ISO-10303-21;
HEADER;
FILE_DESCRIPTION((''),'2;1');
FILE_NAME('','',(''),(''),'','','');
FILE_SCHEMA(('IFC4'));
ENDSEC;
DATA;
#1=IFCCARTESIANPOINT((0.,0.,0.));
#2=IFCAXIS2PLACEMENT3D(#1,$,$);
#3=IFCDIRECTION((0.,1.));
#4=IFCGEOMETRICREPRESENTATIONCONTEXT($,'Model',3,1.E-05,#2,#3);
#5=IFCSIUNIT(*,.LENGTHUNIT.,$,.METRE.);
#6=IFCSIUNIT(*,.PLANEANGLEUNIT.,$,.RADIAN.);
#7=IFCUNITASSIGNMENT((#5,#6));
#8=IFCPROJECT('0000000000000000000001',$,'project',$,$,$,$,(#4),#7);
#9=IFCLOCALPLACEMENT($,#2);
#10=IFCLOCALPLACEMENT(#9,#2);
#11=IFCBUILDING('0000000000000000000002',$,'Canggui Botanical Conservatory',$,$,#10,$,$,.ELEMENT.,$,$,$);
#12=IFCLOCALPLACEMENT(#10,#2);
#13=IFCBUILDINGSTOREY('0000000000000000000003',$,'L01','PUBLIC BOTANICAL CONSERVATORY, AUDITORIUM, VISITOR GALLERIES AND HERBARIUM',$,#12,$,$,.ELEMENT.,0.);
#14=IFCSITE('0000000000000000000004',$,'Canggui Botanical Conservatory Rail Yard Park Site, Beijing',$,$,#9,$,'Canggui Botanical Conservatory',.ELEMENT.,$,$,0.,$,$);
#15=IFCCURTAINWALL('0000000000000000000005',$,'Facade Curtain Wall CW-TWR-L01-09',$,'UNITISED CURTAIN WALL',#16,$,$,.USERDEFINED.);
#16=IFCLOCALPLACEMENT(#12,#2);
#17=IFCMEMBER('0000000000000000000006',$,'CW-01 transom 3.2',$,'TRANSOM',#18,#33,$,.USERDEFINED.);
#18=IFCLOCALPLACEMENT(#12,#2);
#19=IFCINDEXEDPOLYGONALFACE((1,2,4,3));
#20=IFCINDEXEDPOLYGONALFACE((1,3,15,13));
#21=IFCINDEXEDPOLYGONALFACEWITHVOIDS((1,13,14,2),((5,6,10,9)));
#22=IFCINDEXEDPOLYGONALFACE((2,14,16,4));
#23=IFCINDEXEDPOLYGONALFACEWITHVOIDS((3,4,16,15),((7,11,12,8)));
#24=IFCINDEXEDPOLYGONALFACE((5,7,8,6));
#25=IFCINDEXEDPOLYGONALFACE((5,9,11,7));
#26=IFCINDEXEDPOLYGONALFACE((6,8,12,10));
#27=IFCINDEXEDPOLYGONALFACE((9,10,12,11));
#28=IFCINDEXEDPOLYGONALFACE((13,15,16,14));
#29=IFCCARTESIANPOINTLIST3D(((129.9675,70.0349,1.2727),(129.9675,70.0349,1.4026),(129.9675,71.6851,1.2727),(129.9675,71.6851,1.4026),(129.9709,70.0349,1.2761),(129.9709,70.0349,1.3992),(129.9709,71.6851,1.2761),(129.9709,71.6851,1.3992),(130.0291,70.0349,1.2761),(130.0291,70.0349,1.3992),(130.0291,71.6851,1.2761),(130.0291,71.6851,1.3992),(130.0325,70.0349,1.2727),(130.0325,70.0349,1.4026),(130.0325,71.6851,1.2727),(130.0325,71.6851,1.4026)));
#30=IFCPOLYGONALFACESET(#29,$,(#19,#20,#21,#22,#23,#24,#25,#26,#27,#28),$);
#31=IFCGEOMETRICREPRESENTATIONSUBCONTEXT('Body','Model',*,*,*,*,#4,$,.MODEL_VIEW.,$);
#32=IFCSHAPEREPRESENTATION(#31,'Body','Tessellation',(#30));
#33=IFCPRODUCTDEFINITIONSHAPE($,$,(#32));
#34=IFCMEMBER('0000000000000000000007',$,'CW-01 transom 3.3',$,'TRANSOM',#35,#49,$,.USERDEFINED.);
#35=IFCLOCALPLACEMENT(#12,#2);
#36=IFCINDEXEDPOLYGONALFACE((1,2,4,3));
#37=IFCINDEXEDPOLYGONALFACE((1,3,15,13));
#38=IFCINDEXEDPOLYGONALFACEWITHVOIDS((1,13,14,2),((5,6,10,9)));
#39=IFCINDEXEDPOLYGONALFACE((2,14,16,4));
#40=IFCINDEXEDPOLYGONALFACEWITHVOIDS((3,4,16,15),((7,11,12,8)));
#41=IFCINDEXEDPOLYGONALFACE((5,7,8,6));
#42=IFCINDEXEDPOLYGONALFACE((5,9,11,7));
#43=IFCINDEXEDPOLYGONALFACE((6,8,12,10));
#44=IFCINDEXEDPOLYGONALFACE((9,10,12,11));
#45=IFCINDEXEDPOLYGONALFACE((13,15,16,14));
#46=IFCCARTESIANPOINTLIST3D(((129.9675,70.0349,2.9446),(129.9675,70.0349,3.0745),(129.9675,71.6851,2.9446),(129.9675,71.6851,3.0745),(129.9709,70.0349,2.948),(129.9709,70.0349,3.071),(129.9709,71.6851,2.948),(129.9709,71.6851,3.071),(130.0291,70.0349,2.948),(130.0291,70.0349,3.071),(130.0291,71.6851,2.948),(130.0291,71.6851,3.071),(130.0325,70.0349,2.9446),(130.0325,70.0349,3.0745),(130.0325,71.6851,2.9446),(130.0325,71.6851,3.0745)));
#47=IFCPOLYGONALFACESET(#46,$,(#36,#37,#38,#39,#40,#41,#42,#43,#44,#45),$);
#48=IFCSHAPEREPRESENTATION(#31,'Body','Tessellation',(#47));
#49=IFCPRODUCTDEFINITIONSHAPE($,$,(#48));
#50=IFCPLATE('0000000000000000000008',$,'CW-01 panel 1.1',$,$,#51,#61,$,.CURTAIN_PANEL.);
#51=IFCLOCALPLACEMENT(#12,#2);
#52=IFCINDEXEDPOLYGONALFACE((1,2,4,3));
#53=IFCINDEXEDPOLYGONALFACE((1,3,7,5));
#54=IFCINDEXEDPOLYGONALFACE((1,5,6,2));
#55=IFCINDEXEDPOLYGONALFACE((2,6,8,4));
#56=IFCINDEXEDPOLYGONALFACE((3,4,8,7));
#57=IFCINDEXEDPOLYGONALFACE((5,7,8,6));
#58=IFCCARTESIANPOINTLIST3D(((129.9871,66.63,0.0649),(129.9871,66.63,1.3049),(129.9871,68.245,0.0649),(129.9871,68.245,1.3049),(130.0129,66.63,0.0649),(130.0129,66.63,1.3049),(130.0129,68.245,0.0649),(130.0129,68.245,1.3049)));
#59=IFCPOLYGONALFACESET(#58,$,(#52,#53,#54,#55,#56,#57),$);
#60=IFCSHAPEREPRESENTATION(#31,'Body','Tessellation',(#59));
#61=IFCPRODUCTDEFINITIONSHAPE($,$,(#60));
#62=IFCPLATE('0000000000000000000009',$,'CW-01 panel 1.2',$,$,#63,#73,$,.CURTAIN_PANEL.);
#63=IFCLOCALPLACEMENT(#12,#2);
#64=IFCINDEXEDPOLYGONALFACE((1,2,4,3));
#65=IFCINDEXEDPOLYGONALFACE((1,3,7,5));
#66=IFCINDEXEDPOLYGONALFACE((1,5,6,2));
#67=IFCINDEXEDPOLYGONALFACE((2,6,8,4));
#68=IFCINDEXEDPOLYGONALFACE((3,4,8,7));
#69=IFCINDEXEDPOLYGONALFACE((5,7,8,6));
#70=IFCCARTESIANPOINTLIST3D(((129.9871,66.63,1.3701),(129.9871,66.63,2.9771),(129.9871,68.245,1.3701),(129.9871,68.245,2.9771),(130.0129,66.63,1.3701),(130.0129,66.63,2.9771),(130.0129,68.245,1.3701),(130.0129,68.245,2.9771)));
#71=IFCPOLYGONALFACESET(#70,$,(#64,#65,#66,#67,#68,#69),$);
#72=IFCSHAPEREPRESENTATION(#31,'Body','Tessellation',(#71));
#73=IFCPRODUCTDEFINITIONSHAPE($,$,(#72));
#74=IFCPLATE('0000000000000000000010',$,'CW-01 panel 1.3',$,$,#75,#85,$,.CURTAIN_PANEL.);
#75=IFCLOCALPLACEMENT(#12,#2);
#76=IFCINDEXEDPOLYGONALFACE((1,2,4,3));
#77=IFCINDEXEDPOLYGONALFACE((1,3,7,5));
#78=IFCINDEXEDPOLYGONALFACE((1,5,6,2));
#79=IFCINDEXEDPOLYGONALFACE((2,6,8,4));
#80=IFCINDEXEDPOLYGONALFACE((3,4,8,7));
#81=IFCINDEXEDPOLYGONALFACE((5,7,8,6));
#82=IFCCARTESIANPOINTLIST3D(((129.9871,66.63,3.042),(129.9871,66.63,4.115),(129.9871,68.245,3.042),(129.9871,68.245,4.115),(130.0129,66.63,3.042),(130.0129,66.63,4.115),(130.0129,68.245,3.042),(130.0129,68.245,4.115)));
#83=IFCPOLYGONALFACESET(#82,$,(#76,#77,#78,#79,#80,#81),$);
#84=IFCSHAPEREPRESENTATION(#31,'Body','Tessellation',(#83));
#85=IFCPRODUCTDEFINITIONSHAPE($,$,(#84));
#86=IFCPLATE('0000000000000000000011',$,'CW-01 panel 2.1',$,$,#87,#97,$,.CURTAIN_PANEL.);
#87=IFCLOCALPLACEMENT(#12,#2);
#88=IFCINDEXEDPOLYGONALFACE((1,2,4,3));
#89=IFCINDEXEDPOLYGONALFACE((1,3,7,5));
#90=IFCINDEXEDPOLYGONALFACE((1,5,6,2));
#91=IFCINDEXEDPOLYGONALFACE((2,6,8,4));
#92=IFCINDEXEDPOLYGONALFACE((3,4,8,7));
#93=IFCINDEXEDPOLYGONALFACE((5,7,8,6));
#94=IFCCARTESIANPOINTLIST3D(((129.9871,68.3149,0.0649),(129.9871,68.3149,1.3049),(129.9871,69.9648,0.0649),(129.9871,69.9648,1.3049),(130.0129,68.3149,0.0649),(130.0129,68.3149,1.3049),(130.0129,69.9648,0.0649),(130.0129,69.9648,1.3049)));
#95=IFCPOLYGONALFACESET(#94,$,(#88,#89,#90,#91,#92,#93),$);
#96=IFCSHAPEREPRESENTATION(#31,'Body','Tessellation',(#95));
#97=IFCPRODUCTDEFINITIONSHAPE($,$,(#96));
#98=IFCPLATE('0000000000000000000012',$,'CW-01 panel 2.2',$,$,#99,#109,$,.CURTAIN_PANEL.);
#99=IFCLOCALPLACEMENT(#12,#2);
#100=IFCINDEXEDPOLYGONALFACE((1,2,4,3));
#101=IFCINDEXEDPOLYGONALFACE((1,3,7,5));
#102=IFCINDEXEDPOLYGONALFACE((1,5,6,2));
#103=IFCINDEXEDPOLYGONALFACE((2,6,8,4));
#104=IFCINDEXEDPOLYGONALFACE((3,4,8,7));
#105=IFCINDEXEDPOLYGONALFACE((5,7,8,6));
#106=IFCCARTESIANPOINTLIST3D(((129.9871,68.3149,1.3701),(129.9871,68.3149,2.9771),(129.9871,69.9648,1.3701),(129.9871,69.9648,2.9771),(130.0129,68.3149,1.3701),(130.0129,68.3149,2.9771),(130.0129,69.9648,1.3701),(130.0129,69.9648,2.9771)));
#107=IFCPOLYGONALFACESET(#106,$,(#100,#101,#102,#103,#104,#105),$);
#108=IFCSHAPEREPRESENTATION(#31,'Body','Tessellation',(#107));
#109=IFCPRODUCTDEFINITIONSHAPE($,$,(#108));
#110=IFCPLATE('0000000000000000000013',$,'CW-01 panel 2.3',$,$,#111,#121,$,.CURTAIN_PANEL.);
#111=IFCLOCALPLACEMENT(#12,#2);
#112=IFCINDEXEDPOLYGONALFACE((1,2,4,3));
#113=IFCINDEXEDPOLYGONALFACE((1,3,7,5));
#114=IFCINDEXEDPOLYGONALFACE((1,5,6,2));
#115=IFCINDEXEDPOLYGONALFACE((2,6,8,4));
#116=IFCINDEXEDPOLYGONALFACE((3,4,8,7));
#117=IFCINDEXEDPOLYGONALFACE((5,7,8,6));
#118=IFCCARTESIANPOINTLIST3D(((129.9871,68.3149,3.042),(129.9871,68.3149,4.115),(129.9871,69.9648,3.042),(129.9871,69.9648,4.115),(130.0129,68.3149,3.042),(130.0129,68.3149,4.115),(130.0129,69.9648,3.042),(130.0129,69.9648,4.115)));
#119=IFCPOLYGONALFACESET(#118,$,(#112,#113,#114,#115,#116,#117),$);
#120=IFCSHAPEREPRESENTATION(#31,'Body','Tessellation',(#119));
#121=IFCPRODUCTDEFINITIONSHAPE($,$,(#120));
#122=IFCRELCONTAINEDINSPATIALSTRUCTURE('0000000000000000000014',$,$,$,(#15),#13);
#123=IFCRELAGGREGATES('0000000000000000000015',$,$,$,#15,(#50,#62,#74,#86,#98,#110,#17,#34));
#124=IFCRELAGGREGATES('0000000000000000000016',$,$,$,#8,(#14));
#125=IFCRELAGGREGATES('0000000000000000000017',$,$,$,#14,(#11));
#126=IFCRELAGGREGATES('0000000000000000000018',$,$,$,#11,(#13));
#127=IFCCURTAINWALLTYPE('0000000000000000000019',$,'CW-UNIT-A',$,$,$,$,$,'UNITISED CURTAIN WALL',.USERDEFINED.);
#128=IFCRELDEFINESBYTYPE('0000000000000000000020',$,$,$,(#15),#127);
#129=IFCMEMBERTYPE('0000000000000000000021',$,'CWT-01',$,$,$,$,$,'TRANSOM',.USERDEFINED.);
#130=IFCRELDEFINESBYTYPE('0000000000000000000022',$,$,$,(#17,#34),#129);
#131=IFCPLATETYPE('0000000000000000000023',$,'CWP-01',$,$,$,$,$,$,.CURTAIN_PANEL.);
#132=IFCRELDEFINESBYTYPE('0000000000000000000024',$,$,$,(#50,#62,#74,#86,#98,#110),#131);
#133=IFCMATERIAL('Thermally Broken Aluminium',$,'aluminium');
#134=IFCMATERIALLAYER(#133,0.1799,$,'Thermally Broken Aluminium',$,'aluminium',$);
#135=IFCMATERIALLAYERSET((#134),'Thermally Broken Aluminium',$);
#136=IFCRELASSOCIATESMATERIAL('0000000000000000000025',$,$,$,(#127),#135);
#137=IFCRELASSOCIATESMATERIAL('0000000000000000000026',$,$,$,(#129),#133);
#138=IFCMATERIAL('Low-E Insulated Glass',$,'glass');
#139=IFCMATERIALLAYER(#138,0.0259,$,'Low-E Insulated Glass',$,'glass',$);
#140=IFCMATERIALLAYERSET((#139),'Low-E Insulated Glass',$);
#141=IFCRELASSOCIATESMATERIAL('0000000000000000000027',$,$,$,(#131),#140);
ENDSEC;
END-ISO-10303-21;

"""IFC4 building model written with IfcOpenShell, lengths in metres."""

from ifc_helpers import new_model, si_unit, direction, frame, origin, origin_2d, place, context, subcontext, project, spatial, rectangle, hollow_rectangle, extrude, material, layer, layer_set, material_profile, profile_set, type_object, element, aggregate, save


model = new_model("IFC4")

# Units and contexts
model_context = context("Model", 3, precision=1e-05, world=origin(), true_north=direction((0.0, 1.0)))
body_context = subcontext(model_context, "Body", "Model", "MODEL_VIEW")
ifc_project = project(units=[si_unit("LENGTHUNIT", "METRE"), si_unit("PLANEANGLEUNIT", "RADIAN")], contexts=[model_context])

# Site, building, storey
site_placement = place(None, origin())
site = spatial("IfcSite", under=ifc_project, at=site_placement, Name="Canggui Botanical Conservatory Rail Yard Park Site, Beijing", LongName="Canggui Botanical Conservatory", CompositionType="ELEMENT", RefElevation=0.0)
building_placement = place(site_placement, origin())
building = spatial("IfcBuilding", under=site, at=building_placement, Name="Canggui Botanical Conservatory", CompositionType="ELEMENT")
storey_placement = place(building_placement, origin())
storey = spatial("IfcBuildingStorey", under=building, at=storey_placement, Name="L01", Description="PUBLIC BOTANICAL CONSERVATORY, AUDITORIUM, VISITOR GALLERIES AND HERBARIUM", CompositionType="ELEMENT", Elevation=0.0)

# Curtain wall, members, plates
ifc_material_1 = material(Name="Thermally Broken Aluminium", Category="aluminium")
ifc_layer_1 = layer(ifc_material_1, 0.1799, Name="Thermally Broken Aluminium", Category="aluminium")
ifc_layer_set_1 = layer_set([ifc_layer_1], Name="Thermally Broken Aluminium")
curtain_wall_type = type_object("IfcCurtainWallType", Name="CW-UNIT-A", ElementType="UNITISED CURTAIN WALL", PredefinedType="USERDEFINED", material=ifc_layer_set_1)
curtain_wall_placement = place(storey_placement, origin())
curtain_wall = element("IfcCurtainWall", 1, at=curtain_wall_placement, inside=storey, type_object=curtain_wall_type, Name="Facade Curtain Wall CW-TWR-L01-09", ObjectType="UNITISED CURTAIN WALL", PredefinedType="USERDEFINED")
ifc_material_profile_1 = material_profile(ifc_material_1, hollow_rectangle(XDim=0.0649, YDim=0.1299, WallThickness=0.0034, at=origin_2d()), Name="CWT 65x130x3.5")
ifc_profile_set_1 = profile_set([ifc_material_profile_1], Name="Thermally Broken Aluminium")
member_type_1 = type_object("IfcMemberType", Name="CWT-01", ElementType="TRANSOM", PredefinedType="USERDEFINED", material=ifc_profile_set_1)
member_1_placement = place(storey_placement, frame((130.0, 70.0349, 1.3376), z_axis=(0.0, 1.0, 0.0), x_axis=(-1.0, 0.0, 0.0)))
member_1 = element("IfcMember", 2, at=member_1_placement, type_object=member_type_1, Name="CW-01 transom 3.2", ObjectType="TRANSOM", PredefinedType="USERDEFINED", context=body_context, shape_type="SweptSolid", body=[
    extrude(hollow_rectangle(XDim=0.0649, YDim=0.1299, WallThickness=0.0034, at=origin_2d()), origin(), (0.0, 0.0, 1.0), 1.6501),
])
member_2_placement = place(storey_placement, frame((130.0, 70.0349, 3.0095), z_axis=(0.0, 1.0, 0.0), x_axis=(-1.0, 0.0, 0.0)))
member_2 = element("IfcMember", 3, at=member_2_placement, type_object=member_type_1, Name="CW-01 transom 3.3", ObjectType="TRANSOM", PredefinedType="USERDEFINED", context=body_context, shape_type="SweptSolid", body=[
    extrude(hollow_rectangle(XDim=0.0649, YDim=0.1299, WallThickness=0.0034, at=origin_2d()), origin(), (0.0, 0.0, 1.0), 1.6501),
])
ifc_material_2 = material(Name="Low-E Insulated Glass", Category="glass")
ifc_layer_2 = layer(ifc_material_2, 0.0259, Name="Low-E Insulated Glass", Category="glass")
ifc_layer_set_2 = layer_set([ifc_layer_2], Name="Low-E Insulated Glass")
plate_type = type_object("IfcPlateType", Name="CWP-01", PredefinedType="CURTAIN_PANEL", material=ifc_layer_set_2)
plate_1_placement = place(storey_placement, frame((130.0, 67.4375, 0.0649), z_axis=(0.0, 0.0, 1.0), x_axis=(0.0, 1.0, 0.0)))
plate_1 = element("IfcPlate", 4, at=plate_1_placement, type_object=plate_type, Name="CW-01 panel 1.1", PredefinedType="CURTAIN_PANEL", context=body_context, shape_type="SweptSolid", body=[
    extrude(rectangle(XDim=1.615, YDim=0.0259, at=origin_2d()), origin(), (0.0, 0.0, 1.0), 1.24),
])
plate_2_placement = place(storey_placement, frame((130.0, 67.4375, 1.3701), z_axis=(0.0, 0.0, 1.0), x_axis=(0.0, 1.0, 0.0)))
plate_2 = element("IfcPlate", 5, at=plate_2_placement, type_object=plate_type, Name="CW-01 panel 1.2", PredefinedType="CURTAIN_PANEL", context=body_context, shape_type="SweptSolid", body=[
    extrude(rectangle(XDim=1.615, YDim=0.0259, at=origin_2d()), origin(), (0.0, 0.0, 1.0), 1.6069),
])
plate_3_placement = place(storey_placement, frame((130.0, 67.4375, 3.042), z_axis=(0.0, 0.0, 1.0), x_axis=(0.0, 1.0, 0.0)))
plate_3 = element("IfcPlate", 6, at=plate_3_placement, type_object=plate_type, Name="CW-01 panel 1.3", PredefinedType="CURTAIN_PANEL", context=body_context, shape_type="SweptSolid", body=[
    extrude(rectangle(XDim=1.615, YDim=0.0259, at=origin_2d()), origin(), (0.0, 0.0, 1.0), 1.073),
])
plate_4_placement = place(storey_placement, frame((130.0, 69.1399, 0.0649), z_axis=(0.0, 0.0, 1.0), x_axis=(0.0, 1.0, 0.0)))
plate_4 = element("IfcPlate", 7, at=plate_4_placement, type_object=plate_type, Name="CW-01 panel 2.1", PredefinedType="CURTAIN_PANEL", context=body_context, shape_type="SweptSolid", body=[
    extrude(rectangle(XDim=1.6499, YDim=0.0259, at=origin_2d()), origin(), (0.0, 0.0, 1.0), 1.24),
])
plate_5_placement = place(storey_placement, frame((130.0, 69.1399, 1.3701), z_axis=(0.0, 0.0, 1.0), x_axis=(0.0, 1.0, 0.0)))
plate_5 = element("IfcPlate", 8, at=plate_5_placement, type_object=plate_type, Name="CW-01 panel 2.2", PredefinedType="CURTAIN_PANEL", context=body_context, shape_type="SweptSolid", body=[
    extrude(rectangle(XDim=1.6499, YDim=0.0259, at=origin_2d()), origin(), (0.0, 0.0, 1.0), 1.6069),
])
plate_6_placement = place(storey_placement, frame((130.0, 69.1399, 3.042), z_axis=(0.0, 0.0, 1.0), x_axis=(0.0, 1.0, 0.0)))
plate_6 = element("IfcPlate", 9, at=plate_6_placement, type_object=plate_type, Name="CW-01 panel 2.3", PredefinedType="CURTAIN_PANEL", context=body_context, shape_type="SweptSolid", body=[
    extrude(rectangle(XDim=1.6499, YDim=0.0259, at=origin_2d()), origin(), (0.0, 0.0, 1.0), 1.073),
])
aggregate(curtain_wall, [plate_1, plate_2, plate_3, plate_4, plate_5, plate_6, member_1, member_2])

save(model, "model.ifc")
